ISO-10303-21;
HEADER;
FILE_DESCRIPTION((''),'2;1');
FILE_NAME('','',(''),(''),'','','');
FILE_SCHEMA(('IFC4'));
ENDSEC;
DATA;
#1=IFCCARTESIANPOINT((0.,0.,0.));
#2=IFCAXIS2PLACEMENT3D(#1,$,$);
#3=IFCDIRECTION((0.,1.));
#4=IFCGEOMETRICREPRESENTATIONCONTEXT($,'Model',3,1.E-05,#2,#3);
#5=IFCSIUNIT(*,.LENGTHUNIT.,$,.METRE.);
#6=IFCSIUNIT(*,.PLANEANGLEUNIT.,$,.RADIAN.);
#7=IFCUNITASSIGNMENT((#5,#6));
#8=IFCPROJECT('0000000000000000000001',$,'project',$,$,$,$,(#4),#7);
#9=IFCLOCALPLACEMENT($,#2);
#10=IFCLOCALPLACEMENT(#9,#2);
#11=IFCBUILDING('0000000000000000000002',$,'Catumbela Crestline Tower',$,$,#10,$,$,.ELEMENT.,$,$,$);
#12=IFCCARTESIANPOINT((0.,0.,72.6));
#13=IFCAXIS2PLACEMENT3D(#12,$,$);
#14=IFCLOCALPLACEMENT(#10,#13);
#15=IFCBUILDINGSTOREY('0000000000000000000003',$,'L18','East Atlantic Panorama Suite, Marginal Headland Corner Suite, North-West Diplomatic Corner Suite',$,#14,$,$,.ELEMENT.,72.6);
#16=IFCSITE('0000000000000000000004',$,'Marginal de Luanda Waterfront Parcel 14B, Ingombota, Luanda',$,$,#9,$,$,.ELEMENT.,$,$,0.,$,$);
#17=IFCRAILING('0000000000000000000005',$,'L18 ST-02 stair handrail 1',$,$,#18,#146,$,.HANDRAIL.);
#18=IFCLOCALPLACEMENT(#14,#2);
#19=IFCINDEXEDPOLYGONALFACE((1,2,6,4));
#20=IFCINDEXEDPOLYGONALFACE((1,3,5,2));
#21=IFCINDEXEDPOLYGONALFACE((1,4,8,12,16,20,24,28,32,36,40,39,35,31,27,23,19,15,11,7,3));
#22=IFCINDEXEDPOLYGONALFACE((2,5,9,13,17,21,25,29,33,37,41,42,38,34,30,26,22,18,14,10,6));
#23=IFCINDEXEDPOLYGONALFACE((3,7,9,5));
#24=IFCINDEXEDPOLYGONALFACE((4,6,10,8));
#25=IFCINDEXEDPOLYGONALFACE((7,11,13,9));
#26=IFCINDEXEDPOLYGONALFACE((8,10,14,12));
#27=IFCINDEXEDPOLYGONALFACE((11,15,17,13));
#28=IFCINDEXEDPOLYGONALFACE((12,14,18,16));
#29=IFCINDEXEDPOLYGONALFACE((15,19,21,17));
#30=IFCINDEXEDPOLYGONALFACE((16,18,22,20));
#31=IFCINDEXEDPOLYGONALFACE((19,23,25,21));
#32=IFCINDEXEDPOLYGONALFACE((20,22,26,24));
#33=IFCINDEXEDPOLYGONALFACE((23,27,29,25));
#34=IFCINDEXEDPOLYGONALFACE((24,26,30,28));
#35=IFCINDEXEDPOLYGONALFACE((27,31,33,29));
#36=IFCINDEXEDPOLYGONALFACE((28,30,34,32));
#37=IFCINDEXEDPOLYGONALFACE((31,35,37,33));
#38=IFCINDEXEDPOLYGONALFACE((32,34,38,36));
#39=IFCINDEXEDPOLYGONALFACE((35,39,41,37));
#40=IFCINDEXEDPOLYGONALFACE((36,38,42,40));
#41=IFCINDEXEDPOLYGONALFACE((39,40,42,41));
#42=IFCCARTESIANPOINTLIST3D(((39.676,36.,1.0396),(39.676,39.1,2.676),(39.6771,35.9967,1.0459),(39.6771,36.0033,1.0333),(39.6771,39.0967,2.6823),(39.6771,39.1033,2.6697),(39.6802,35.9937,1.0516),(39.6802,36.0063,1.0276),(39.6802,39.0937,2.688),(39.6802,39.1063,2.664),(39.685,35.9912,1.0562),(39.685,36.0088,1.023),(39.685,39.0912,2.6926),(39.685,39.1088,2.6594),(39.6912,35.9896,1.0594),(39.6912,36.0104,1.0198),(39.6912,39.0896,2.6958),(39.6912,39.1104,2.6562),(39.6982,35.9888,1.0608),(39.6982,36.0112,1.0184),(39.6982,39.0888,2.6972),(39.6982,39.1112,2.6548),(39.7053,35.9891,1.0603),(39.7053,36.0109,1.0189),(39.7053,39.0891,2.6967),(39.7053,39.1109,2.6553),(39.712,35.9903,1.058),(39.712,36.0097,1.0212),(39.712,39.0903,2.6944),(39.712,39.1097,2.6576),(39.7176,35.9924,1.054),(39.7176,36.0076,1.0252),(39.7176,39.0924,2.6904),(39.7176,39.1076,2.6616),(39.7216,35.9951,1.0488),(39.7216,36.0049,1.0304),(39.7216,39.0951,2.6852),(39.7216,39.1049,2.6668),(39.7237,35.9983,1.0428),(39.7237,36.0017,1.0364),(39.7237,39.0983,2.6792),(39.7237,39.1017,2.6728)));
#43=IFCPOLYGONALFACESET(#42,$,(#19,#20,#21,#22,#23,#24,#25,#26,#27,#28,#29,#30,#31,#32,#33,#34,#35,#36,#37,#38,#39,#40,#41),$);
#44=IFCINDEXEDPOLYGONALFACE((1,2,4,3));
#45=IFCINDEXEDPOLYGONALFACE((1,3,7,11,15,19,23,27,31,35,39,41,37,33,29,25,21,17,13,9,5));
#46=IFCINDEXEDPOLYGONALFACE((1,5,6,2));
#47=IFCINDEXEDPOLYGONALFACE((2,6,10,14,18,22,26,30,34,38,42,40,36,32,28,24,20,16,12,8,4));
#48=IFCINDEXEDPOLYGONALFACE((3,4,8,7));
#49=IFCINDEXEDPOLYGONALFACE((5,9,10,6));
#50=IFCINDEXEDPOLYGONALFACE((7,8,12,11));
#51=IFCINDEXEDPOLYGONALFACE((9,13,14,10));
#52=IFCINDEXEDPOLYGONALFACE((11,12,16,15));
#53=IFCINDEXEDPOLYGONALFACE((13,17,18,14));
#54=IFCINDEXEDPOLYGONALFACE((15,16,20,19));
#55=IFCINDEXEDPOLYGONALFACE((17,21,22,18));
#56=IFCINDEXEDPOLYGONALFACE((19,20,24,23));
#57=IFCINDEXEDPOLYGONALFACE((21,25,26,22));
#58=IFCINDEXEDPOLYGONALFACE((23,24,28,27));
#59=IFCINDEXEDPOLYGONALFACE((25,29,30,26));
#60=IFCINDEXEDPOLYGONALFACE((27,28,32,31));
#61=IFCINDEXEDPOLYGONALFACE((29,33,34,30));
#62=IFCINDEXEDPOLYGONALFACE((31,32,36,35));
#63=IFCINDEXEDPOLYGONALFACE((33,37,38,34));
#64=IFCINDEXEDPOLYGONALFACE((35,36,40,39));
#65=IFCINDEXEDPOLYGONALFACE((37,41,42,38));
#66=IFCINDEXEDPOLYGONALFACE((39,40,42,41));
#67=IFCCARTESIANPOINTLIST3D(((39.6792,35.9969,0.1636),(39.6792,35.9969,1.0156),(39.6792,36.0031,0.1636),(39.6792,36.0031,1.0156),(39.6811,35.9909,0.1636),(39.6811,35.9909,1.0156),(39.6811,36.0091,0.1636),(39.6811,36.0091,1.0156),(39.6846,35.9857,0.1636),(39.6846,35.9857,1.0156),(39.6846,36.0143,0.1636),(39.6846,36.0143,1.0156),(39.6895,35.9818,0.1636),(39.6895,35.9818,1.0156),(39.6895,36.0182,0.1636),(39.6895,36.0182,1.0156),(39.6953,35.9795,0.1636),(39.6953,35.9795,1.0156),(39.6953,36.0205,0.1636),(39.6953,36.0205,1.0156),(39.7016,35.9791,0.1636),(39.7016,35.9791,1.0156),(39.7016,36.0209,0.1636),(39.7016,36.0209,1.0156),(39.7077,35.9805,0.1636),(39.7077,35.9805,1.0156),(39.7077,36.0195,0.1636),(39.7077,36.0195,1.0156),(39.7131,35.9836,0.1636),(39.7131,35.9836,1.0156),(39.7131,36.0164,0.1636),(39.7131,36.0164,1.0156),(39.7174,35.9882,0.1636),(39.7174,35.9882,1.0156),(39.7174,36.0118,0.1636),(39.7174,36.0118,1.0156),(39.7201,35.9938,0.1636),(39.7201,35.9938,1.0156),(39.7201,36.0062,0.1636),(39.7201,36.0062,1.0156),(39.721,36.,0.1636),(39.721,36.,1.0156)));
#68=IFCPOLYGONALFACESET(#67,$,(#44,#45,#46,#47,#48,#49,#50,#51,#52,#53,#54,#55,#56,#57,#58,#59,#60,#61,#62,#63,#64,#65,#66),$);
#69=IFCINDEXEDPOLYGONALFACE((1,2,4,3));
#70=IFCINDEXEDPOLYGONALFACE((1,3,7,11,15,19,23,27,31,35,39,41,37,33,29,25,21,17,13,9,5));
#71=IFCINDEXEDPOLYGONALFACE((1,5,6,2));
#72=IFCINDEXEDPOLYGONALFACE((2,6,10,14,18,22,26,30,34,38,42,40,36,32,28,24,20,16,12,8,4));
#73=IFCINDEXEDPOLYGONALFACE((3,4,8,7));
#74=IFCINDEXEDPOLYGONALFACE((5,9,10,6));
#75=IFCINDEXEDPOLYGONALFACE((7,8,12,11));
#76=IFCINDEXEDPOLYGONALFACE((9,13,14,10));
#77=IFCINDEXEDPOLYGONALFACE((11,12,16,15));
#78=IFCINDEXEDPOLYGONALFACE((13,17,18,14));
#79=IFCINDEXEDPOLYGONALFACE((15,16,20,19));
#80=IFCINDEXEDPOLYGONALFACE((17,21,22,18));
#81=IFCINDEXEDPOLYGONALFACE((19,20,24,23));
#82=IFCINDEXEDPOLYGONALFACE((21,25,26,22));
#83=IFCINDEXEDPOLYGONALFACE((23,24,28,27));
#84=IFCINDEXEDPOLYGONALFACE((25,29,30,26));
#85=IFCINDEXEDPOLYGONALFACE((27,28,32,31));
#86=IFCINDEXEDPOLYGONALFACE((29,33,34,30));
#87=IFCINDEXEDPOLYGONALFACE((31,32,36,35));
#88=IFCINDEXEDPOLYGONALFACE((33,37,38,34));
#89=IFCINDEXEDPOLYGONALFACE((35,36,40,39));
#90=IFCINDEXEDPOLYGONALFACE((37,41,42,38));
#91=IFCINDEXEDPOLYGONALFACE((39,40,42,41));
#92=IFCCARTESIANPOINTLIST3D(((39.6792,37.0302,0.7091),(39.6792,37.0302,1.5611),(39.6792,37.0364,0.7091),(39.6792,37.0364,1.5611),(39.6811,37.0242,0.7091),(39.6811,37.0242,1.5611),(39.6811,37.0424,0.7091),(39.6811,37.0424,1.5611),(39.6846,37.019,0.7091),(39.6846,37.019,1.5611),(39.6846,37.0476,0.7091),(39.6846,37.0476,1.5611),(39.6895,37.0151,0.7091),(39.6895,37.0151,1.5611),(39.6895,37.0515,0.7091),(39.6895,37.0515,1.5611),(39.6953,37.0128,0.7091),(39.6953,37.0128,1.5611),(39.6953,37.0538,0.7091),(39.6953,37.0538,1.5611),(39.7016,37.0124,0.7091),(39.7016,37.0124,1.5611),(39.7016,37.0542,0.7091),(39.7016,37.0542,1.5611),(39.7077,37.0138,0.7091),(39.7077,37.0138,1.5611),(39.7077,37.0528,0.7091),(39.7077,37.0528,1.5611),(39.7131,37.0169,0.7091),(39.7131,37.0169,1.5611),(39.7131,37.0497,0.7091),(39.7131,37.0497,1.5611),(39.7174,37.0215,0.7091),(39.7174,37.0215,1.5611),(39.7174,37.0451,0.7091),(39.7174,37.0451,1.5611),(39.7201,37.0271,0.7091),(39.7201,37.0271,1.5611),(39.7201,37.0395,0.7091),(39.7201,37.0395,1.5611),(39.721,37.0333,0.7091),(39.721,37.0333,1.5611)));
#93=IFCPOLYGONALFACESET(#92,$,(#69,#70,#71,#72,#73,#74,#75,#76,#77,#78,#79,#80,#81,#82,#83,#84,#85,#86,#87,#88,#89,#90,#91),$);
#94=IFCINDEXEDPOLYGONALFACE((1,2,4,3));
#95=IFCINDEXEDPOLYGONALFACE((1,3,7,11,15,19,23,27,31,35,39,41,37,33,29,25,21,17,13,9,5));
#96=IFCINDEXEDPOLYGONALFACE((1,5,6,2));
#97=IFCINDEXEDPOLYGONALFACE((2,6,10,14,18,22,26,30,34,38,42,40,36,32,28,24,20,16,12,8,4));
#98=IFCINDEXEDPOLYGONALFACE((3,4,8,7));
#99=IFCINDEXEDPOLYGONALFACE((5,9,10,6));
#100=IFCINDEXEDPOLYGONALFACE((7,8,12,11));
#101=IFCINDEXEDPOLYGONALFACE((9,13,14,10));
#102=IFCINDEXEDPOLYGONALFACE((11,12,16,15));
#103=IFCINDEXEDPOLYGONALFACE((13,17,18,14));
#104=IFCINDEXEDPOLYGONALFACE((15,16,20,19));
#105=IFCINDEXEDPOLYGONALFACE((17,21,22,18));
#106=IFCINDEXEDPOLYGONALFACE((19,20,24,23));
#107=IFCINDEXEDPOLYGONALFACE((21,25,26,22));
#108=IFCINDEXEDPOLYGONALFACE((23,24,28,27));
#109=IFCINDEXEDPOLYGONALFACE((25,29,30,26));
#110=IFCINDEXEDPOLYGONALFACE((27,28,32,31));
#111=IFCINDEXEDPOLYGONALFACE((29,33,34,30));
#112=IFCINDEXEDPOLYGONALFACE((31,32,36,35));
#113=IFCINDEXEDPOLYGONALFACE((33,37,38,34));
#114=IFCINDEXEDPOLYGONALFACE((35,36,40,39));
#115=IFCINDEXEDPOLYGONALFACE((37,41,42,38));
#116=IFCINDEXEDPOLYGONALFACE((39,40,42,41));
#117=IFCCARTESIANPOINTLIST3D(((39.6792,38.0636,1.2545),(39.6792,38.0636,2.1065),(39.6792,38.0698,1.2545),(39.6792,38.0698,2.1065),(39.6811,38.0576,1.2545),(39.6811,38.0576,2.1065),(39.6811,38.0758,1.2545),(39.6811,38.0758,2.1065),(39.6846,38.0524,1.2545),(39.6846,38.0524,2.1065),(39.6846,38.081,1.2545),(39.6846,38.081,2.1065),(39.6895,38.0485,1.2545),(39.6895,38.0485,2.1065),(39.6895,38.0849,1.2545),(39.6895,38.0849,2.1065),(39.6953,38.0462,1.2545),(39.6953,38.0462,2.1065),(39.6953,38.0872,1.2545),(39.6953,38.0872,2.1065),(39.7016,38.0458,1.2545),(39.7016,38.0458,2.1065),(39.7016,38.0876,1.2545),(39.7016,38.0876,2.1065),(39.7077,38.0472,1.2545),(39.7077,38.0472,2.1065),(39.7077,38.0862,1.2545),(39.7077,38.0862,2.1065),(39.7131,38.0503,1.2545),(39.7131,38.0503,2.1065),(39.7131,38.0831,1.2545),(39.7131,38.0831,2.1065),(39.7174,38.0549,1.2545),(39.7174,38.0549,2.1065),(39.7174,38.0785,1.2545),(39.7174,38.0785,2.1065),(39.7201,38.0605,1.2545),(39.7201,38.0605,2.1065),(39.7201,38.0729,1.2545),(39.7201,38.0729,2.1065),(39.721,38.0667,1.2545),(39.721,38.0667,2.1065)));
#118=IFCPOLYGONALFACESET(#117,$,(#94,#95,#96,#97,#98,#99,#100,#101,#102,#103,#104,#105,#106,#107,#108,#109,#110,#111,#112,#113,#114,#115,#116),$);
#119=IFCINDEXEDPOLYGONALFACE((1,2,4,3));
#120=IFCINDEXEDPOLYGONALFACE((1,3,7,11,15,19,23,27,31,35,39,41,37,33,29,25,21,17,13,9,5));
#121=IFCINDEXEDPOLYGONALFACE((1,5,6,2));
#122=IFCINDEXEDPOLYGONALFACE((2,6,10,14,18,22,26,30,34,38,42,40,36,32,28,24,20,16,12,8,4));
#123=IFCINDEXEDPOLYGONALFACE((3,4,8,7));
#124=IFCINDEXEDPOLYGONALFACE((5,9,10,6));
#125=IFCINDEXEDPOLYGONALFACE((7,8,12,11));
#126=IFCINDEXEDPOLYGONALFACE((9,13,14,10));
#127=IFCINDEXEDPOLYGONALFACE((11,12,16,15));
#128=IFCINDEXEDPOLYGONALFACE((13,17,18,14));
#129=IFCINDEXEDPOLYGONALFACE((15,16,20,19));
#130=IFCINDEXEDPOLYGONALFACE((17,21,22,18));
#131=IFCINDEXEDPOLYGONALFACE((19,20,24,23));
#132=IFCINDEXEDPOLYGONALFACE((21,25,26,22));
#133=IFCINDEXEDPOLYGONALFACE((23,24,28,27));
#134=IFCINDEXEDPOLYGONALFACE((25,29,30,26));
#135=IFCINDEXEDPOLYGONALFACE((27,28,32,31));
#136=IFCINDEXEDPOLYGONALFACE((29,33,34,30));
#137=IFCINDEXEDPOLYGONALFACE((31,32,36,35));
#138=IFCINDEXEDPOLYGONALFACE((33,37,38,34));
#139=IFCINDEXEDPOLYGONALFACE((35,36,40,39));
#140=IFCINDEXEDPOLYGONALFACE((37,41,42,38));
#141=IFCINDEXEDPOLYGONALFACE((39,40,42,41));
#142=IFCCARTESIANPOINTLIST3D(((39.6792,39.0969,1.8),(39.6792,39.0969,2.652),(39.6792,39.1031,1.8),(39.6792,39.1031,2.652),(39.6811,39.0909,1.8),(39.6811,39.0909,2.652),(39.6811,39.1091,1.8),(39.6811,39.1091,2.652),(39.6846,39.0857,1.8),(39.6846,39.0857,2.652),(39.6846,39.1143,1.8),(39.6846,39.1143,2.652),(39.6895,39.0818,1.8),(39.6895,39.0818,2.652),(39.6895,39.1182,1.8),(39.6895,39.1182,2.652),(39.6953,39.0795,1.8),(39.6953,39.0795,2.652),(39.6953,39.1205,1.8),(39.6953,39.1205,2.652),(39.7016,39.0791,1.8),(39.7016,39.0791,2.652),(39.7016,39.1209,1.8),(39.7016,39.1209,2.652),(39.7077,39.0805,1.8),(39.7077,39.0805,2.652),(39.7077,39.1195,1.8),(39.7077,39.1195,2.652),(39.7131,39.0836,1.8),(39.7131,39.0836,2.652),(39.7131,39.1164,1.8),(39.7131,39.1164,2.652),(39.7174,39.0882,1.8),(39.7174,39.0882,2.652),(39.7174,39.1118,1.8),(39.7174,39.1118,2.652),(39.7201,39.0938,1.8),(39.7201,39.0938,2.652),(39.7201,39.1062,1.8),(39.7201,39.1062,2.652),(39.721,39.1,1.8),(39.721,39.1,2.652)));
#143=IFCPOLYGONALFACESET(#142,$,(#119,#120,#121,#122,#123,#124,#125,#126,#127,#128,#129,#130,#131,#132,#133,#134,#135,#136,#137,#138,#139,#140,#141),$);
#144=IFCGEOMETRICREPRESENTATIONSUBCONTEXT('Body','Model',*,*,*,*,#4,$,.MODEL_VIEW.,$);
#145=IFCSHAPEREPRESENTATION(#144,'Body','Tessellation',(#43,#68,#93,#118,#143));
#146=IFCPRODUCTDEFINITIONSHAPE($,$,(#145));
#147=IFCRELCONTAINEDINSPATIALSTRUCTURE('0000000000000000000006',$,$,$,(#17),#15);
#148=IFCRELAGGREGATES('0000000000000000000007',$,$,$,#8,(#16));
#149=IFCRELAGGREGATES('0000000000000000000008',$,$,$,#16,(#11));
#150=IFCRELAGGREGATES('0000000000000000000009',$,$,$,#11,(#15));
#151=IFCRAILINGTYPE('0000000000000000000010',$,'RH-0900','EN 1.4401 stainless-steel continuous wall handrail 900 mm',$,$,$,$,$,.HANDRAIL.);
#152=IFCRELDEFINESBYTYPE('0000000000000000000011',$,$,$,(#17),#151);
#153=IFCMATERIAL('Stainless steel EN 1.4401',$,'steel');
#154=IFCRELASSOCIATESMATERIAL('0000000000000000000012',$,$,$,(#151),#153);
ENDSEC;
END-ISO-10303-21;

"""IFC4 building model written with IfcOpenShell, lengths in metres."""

from ifc_helpers import new_model, si_unit, direction, frame, origin, origin_2d, place, context, subcontext, project, spatial, circle, extrude, material, type_object, element, save


model = new_model("IFC4")

# Units and contexts
model_context = context("Model", 3, precision=1e-05, world=origin(), true_north=direction((0.0, 1.0)))
body_context = subcontext(model_context, "Body", "Model", "MODEL_VIEW")
ifc_project = project(units=[si_unit("LENGTHUNIT", "METRE"), si_unit("PLANEANGLEUNIT", "RADIAN")], contexts=[model_context])

# Site, building, storey
site_placement = place(None, origin())
site = spatial("IfcSite", under=ifc_project, at=site_placement, Name="Marginal de Luanda Waterfront Parcel 14B, Ingombota, Luanda", CompositionType="ELEMENT", RefElevation=0.0)
building_placement = place(site_placement, origin())
building = spatial("IfcBuilding", under=site, at=building_placement, Name="Catumbela Crestline Tower", CompositionType="ELEMENT")
storey_placement = place(building_placement, frame((0.0, 0.0, 72.6)))
storey = spatial("IfcBuildingStorey", under=building, at=storey_placement, Name="L18", Description="East Atlantic Panorama Suite, Marginal Headland Corner Suite, North-West Diplomatic Corner Suite", CompositionType="ELEMENT", Elevation=72.6)

# Shared definitions
ifc_material_1 = material(Name="Stainless steel EN 1.4401", Category="steel")

# Railing
railing_type_1 = type_object("IfcRailingType", Name="RH-0900", Description="EN 1.4401 stainless-steel continuous wall handrail 900 mm", PredefinedType="HANDRAIL", material=ifc_material_1)
railing_1_placement = place(storey_placement, frame((39.7, 36.0, 0.1636)))
element("IfcRailing", 1, at=railing_1_placement, inside=storey, type_object=railing_type_1, Name="L18 ST-02 stair handrail 1", PredefinedType="HANDRAIL", context=body_context, shape_type="SweptSolid", body=[
    extrude(circle(Radius=0.024, at=origin_2d()), frame((0.0, 0.0, 0.876), z_axis=(0.0, 0.884351, 0.466823), x_axis=(-1.0, 0.0, 0.0)), (0.0, 0.0, 1.0), 3.5054),
    extrude(circle(Radius=0.021, at=origin_2d()), origin(), (0.0, 0.0, 1.0), 0.852),
    extrude(circle(Radius=0.021, at=origin_2d()), frame((0.0, 1.0333, 0.5455)), (0.0, 0.0, 1.0), 0.852),
    extrude(circle(Radius=0.021, at=origin_2d()), frame((0.0, 2.0667, 1.0909)), (0.0, 0.0, 1.0), 0.852),
    extrude(circle(Radius=0.021, at=origin_2d()), frame((0.0, 3.1, 1.6364)), (0.0, 0.0, 1.0), 0.852),
])

save(model, "model.ifc")
